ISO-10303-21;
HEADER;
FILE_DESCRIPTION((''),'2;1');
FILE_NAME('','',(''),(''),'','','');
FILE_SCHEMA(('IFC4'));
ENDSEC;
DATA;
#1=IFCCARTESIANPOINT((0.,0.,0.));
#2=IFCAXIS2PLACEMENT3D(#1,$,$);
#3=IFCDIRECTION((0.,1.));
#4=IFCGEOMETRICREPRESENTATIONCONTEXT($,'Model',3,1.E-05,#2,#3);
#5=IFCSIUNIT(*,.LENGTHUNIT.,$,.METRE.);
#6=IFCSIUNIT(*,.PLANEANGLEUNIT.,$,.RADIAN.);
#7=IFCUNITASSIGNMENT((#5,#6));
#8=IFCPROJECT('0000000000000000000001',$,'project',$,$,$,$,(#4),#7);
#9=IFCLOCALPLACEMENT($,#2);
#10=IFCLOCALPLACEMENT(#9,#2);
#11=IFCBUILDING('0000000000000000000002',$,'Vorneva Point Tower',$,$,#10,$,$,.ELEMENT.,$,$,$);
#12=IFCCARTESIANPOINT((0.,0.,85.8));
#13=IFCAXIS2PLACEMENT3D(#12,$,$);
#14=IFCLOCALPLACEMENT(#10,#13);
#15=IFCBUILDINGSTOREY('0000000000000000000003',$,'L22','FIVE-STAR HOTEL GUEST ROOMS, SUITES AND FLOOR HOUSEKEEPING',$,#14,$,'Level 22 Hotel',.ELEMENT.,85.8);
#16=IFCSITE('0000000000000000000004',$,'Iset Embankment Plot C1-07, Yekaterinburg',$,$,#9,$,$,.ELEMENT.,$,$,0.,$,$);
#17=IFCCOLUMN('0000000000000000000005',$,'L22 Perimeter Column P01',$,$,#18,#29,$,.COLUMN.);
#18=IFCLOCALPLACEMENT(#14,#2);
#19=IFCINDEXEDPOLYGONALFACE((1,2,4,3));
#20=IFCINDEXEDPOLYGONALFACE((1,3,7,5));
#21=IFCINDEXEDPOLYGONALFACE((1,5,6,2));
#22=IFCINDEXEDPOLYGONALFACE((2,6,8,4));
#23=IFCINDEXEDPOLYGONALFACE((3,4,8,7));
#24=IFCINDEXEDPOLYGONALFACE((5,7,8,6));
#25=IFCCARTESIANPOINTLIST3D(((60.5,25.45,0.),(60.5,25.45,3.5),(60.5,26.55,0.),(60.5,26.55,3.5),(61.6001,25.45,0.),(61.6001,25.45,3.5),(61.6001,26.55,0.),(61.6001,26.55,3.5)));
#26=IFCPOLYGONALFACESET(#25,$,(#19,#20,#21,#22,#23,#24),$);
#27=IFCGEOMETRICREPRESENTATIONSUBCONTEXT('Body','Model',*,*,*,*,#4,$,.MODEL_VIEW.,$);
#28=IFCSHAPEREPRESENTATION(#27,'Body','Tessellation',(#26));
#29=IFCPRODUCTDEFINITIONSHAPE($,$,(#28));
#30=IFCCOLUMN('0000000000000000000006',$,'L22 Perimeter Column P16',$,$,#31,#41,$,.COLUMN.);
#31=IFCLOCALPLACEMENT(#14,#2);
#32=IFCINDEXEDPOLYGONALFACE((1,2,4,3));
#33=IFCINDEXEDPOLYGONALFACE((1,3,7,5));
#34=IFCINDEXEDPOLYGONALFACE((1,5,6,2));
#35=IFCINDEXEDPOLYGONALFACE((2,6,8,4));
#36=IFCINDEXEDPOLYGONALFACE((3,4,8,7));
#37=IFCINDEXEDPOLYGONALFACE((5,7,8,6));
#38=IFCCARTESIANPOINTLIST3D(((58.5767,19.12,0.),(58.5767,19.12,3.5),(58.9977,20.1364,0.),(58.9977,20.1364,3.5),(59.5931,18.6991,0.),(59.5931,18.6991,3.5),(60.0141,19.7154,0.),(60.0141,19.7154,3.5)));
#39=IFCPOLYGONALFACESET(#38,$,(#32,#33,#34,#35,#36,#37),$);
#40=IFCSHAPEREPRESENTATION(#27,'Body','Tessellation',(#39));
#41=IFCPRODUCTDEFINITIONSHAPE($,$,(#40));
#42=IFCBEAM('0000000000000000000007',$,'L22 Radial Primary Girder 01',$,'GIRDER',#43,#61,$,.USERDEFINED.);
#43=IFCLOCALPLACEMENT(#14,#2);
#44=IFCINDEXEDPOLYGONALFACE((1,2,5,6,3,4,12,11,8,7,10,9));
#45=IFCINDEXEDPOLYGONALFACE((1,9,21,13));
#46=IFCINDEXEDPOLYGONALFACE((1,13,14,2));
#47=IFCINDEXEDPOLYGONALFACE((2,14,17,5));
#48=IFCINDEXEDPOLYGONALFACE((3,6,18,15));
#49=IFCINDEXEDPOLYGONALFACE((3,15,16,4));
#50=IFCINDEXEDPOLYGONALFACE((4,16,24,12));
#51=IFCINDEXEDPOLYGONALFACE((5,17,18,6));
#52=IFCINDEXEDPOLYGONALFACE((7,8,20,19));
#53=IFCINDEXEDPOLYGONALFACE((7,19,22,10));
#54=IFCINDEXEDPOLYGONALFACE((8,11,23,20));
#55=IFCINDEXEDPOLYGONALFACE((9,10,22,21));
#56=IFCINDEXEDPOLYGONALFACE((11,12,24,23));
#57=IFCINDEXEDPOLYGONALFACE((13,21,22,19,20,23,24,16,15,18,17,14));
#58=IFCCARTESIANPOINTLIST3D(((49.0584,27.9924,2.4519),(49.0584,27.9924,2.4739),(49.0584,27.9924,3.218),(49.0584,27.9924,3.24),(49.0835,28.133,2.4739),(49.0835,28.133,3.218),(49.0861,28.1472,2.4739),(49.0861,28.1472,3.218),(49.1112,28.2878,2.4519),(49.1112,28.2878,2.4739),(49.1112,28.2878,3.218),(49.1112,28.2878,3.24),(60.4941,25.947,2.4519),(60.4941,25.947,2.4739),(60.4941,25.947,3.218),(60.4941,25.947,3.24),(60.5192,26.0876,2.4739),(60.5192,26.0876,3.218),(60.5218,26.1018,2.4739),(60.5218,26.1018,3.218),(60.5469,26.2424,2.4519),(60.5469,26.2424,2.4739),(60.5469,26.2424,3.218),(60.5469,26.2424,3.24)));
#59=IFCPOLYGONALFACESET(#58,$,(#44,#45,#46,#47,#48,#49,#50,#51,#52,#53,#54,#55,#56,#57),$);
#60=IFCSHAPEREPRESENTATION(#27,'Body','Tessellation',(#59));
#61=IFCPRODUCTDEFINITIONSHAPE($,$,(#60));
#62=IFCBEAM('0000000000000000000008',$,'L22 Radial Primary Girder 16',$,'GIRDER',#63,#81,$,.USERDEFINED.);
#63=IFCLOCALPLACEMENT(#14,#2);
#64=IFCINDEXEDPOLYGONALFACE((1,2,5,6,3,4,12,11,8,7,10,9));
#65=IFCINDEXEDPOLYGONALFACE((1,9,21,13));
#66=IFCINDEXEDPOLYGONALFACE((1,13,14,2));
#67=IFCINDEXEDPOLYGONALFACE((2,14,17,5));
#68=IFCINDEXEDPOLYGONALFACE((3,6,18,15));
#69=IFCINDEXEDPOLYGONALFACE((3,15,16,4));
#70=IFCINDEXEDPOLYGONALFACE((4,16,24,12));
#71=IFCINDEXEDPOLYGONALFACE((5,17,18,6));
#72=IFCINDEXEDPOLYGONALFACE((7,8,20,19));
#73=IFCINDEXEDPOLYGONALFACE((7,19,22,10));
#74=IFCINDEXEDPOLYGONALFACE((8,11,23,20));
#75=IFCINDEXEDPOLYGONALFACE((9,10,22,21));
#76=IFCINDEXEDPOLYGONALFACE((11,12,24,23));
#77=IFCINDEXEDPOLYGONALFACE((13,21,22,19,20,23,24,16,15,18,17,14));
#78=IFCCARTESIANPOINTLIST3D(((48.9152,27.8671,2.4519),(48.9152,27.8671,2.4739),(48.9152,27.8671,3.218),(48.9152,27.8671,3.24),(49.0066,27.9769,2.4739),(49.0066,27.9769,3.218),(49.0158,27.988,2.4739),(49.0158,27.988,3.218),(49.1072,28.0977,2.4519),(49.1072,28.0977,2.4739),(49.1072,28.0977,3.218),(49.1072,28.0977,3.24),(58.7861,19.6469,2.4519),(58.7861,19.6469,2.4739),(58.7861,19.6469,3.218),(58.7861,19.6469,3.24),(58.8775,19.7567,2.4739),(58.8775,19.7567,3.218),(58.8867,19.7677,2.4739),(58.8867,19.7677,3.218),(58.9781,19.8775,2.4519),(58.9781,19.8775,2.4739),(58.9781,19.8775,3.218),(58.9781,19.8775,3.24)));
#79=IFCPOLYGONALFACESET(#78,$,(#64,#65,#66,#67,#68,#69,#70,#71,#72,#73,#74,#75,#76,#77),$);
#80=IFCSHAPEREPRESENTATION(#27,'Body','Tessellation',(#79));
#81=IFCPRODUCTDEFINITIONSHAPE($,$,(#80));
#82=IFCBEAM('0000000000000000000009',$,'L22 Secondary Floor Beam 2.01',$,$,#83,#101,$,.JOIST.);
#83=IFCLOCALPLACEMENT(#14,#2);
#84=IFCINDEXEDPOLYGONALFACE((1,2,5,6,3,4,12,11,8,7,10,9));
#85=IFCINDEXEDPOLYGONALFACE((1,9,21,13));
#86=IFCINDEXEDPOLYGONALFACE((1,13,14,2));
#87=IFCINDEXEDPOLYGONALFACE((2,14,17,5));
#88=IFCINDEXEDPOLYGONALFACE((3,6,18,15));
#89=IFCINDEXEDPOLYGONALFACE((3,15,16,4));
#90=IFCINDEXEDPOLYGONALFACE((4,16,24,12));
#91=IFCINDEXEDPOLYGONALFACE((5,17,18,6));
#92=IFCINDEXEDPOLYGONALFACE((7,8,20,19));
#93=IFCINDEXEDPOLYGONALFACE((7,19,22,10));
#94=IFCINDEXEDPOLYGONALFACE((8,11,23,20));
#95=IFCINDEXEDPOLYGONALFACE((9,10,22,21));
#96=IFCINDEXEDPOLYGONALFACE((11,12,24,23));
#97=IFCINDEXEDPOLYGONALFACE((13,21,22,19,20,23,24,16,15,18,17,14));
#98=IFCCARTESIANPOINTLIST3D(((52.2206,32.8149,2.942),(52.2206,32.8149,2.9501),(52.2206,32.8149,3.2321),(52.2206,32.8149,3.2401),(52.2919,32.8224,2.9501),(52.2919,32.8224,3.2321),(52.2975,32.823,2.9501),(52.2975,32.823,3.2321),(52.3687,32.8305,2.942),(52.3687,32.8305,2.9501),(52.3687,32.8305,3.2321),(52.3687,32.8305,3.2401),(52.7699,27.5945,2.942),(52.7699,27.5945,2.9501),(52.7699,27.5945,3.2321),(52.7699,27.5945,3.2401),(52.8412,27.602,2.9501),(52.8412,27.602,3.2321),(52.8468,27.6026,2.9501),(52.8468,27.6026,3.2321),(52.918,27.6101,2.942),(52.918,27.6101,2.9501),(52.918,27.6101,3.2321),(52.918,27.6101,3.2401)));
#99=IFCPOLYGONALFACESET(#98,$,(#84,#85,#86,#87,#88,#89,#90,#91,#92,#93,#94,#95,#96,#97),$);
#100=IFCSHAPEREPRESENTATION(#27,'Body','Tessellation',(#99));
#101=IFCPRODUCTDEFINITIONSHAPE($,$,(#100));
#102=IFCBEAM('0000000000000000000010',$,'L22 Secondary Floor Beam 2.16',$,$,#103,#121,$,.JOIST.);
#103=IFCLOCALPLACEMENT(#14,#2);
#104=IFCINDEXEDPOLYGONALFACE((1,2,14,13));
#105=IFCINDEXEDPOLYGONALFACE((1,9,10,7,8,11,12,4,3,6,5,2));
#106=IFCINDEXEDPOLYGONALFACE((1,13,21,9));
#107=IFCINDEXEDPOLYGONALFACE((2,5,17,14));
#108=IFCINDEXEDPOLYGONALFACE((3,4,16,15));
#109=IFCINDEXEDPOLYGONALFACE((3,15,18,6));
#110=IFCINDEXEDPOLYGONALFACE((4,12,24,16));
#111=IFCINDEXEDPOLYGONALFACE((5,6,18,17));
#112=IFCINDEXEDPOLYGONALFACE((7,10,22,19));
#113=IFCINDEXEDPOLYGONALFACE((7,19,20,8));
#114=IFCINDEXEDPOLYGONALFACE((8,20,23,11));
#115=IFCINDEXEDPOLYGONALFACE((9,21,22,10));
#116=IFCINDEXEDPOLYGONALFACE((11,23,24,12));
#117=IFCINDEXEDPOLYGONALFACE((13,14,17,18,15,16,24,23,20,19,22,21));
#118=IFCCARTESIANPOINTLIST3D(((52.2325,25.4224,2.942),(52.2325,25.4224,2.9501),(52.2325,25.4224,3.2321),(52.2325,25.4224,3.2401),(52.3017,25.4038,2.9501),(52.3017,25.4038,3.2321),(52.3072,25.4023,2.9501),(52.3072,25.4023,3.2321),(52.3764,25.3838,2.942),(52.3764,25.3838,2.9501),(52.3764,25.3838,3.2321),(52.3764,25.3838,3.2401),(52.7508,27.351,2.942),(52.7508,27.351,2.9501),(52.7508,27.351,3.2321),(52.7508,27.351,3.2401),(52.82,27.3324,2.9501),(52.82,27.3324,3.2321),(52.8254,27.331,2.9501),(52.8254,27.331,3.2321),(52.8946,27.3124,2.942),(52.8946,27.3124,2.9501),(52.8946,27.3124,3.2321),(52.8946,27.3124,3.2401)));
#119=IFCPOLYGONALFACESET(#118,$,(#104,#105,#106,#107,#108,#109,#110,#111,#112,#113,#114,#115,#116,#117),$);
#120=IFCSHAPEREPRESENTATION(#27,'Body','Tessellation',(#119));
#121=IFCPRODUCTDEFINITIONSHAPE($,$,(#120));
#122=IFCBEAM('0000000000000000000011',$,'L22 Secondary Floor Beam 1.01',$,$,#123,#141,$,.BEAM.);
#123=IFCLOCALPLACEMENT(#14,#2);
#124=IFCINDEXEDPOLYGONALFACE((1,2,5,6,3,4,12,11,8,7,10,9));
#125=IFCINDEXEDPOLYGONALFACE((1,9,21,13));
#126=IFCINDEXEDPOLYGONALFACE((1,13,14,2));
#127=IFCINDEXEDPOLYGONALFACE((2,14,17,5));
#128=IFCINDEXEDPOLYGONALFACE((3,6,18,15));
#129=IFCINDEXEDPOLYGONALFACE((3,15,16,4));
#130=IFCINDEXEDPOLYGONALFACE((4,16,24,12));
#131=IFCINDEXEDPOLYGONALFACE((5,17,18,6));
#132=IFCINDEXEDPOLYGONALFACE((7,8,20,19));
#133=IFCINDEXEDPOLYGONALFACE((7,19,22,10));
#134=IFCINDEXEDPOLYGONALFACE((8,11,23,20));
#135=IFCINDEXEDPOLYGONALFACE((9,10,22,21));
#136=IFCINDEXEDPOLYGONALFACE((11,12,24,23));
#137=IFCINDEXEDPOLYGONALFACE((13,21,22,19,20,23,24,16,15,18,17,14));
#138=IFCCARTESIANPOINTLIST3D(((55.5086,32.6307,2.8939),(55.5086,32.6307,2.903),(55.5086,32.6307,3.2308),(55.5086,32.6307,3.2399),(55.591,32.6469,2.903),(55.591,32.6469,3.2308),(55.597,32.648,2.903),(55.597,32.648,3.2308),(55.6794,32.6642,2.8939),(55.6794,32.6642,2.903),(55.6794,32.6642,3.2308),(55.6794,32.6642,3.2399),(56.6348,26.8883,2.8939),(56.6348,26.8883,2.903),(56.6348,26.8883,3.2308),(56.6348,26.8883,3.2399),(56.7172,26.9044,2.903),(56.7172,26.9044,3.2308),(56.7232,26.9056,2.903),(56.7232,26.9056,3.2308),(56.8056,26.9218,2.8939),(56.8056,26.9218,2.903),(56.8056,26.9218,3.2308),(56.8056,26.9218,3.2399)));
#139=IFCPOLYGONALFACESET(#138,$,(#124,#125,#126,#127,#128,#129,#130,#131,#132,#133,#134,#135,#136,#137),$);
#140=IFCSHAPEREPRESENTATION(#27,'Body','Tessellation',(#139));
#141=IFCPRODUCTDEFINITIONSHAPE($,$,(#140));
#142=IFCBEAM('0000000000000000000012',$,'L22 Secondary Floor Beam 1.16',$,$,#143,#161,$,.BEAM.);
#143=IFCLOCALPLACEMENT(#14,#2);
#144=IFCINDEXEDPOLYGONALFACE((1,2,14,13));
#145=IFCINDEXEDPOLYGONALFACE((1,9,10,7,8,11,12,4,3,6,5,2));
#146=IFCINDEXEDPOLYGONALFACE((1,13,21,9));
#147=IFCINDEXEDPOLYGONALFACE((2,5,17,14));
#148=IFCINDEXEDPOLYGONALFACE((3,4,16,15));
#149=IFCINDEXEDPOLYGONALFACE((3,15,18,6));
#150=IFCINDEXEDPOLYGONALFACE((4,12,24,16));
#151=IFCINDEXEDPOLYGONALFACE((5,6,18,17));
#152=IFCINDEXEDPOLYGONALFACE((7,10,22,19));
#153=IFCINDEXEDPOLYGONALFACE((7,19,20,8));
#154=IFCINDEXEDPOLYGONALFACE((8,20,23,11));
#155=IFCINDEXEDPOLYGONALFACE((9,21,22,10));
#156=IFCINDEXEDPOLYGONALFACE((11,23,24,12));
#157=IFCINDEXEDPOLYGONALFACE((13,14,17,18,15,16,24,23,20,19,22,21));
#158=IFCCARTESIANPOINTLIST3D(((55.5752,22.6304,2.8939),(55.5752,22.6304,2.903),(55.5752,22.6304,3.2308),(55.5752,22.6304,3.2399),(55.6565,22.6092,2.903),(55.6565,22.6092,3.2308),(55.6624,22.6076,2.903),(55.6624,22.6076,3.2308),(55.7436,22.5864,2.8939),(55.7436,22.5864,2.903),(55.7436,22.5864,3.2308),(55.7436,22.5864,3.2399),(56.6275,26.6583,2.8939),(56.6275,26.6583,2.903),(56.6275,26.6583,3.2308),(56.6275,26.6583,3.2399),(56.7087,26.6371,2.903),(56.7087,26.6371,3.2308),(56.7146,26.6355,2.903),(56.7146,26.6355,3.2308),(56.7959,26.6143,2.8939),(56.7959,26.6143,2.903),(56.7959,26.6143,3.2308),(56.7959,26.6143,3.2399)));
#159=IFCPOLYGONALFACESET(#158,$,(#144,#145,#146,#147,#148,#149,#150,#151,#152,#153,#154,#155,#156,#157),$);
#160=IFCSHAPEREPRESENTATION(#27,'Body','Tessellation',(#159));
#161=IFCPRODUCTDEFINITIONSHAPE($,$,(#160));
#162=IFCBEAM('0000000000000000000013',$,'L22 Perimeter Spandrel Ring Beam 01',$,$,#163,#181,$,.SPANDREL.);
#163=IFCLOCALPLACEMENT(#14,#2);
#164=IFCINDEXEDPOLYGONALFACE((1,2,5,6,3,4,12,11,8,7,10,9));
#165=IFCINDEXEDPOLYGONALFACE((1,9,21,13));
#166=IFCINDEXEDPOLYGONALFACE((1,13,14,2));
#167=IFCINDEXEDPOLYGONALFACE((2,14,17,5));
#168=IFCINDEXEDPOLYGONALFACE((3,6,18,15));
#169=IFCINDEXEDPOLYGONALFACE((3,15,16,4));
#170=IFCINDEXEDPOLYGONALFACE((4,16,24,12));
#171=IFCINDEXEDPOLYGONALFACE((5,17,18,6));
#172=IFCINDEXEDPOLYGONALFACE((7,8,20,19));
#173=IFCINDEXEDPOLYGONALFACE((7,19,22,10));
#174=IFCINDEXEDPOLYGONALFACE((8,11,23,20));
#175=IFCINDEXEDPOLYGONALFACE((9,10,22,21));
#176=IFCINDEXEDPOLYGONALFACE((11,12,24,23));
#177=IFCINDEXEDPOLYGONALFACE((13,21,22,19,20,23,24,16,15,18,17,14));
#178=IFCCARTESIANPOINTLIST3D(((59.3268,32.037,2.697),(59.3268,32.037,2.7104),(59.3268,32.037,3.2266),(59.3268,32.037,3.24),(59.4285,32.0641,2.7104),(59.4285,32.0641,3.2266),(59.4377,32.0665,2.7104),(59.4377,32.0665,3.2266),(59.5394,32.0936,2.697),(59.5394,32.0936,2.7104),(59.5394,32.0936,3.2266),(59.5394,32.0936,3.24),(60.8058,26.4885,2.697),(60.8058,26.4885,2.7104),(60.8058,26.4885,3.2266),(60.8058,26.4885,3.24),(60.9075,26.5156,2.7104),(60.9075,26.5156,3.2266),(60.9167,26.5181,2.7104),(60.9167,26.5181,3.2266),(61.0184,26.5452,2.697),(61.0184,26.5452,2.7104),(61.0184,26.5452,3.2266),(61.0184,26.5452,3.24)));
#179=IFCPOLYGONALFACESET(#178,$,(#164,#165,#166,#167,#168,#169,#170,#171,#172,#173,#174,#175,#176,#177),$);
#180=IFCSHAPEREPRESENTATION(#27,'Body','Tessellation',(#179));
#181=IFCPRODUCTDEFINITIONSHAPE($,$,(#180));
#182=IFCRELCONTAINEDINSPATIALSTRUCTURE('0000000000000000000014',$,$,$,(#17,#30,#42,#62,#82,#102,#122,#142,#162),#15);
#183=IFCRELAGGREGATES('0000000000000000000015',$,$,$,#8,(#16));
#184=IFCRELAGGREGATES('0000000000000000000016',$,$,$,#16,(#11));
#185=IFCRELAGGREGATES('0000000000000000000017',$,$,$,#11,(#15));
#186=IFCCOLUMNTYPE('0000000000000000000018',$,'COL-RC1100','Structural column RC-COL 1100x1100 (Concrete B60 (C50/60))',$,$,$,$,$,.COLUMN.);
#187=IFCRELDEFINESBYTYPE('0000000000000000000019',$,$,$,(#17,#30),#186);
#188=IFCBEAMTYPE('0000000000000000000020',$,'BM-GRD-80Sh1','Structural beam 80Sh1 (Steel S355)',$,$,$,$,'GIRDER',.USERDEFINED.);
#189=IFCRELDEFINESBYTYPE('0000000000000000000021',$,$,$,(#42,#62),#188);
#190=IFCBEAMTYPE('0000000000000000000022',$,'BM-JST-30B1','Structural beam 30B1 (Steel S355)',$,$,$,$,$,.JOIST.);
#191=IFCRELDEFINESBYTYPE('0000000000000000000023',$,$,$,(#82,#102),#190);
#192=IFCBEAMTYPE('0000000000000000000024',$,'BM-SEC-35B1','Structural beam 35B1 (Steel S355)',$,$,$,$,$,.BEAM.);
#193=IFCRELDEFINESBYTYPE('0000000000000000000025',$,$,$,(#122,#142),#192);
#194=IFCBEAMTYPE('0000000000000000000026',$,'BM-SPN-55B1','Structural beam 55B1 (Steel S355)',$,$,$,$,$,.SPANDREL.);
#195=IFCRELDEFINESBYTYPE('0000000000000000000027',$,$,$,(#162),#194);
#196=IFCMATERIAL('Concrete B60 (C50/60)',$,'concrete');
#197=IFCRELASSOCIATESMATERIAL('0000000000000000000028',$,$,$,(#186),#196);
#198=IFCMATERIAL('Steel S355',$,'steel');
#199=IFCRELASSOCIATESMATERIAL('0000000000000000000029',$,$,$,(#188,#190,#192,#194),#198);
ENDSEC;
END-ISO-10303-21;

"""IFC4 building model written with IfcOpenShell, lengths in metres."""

from ifc_helpers import new_model, si_unit, direction, frame, origin, origin_2d, place, context, subcontext, project, spatial, rectangle, i_section, extrude, material, material_profile, profile_set, type_object, element, save


model = new_model("IFC4")

# Units and contexts
model_context = context("Model", 3, precision=1e-05, world=origin(), true_north=direction((0.0, 1.0)))
body_context = subcontext(model_context, "Body", "Model", "MODEL_VIEW")
ifc_project = project(units=[si_unit("LENGTHUNIT", "METRE"), si_unit("PLANEANGLEUNIT", "RADIAN")], contexts=[model_context])

# Site, building, storey
site_placement = place(None, origin())
site = spatial("IfcSite", under=ifc_project, at=site_placement, Name="Iset Embankment Plot C1-07, Yekaterinburg", CompositionType="ELEMENT", RefElevation=0.0)
building_placement = place(site_placement, origin())
building = spatial("IfcBuilding", under=site, at=building_placement, Name="Vorneva Point Tower", CompositionType="ELEMENT")
storey_placement = place(building_placement, frame((0.0, 0.0, 85.8)))
storey = spatial("IfcBuildingStorey", under=building, at=storey_placement, Name="L22", Description="FIVE-STAR HOTEL GUEST ROOMS, SUITES AND FLOOR HOUSEKEEPING", LongName="Level 22 Hotel", CompositionType="ELEMENT", Elevation=85.8)

# Columns
ifc_material_1 = material(Name="Concrete B60 (C50/60)", Category="concrete")
ifc_material_profile_1 = material_profile(ifc_material_1, rectangle(XDim=1.1001, YDim=1.1001, at=origin_2d()), Name="RC-COL 1100x1100")
ifc_profile_set_1 = profile_set([ifc_material_profile_1], Name="Concrete B60 (C50/60)")
column_type = type_object("IfcColumnType", Name="COL-RC1100", Description="Structural column RC-COL 1100x1100 (Concrete B60 (C50/60))", PredefinedType="COLUMN", material=ifc_profile_set_1)
for number, where, z_axis, x_axis, name in (
    (1, (61.05, 26.0, 0.0), (0.0, 0.0, 1.0), (1.0, 0.0, 0.0), "L22 Perimeter Column P01"),
    (2, (59.2954, 19.4177, 0.0), (0.0, 0.0, 1.0), (0.92388, -0.382683, 0.0), "L22 Perimeter Column P16"),
):
    element("IfcColumn", number, at=place(storey_placement, frame(where, z_axis=z_axis, x_axis=x_axis)), inside=storey, type_object=column_type, Name=name, PredefinedType="COLUMN", context=body_context, shape_type="SweptSolid", body=[
        extrude(rectangle(XDim=1.1001, YDim=1.1001, at=origin_2d()), origin(), (0.0, 0.0, 1.0), 3.5),
    ])

# Beams
ifc_material_2 = material(Name="Steel S355", Category="steel")
ifc_material_profile_2 = material_profile(ifc_material_2, i_section(OverallWidth=0.3, OverallDepth=0.7881, WebThickness=0.0144, FlangeThickness=0.022, at=origin_2d()), Name="80Sh1")
ifc_profile_set_2 = profile_set([ifc_material_profile_2], Name="Steel S355")
beam_type_1 = type_object("IfcBeamType", Name="BM-GRD-80Sh1", Description="Structural beam 80Sh1 (Steel S355)", ElementType="GIRDER", PredefinedType="USERDEFINED", material=ifc_profile_set_2)
beam_1_placement = place(storey_placement, frame((60.5205, 26.0947, 2.8459), z_axis=(-0.984378, 0.176066, 0.0), x_axis=(-0.176066, -0.984378, 0.0)))
element("IfcBeam", 3, at=beam_1_placement, inside=storey, type_object=beam_type_1, Name="L22 Radial Primary Girder 01", ObjectType="GIRDER", PredefinedType="USERDEFINED", context=body_context, shape_type="SweptSolid", body=[
    extrude(i_section(OverallWidth=0.3, OverallDepth=0.7881, WebThickness=0.0144, FlangeThickness=0.022, at=origin_2d()), origin(), (0.0, 0.0, 1.0), 11.6172),
])
beam_2_placement = place(storey_placement, frame((58.8821, 19.7622, 2.8459), z_axis=(-0.768432, 0.639932, 0.0), x_axis=(-0.639932, -0.768432, 0.0)))
element("IfcBeam", 4, at=beam_2_placement, inside=storey, type_object=beam_type_1, Name="L22 Radial Primary Girder 16", ObjectType="GIRDER", PredefinedType="USERDEFINED", context=body_context, shape_type="SweptSolid", body=[
    extrude(i_section(OverallWidth=0.3, OverallDepth=0.7881, WebThickness=0.0144, FlangeThickness=0.022, at=origin_2d()), origin(), (0.0, 0.0, 1.0), 12.8455),
])
ifc_material_profile_3 = material_profile(ifc_material_2, i_section(OverallWidth=0.1489, OverallDepth=0.2981, WebThickness=0.0056, FlangeThickness=0.0081, at=origin_2d()), Name="30B1")
ifc_profile_set_3 = profile_set([ifc_material_profile_3], Name="Steel S355")
beam_type_2 = type_object("IfcBeamType", Name="BM-JST-30B1", Description="Structural beam 30B1 (Steel S355)", PredefinedType="JOIST", material=ifc_profile_set_3)
beam_3_placement = place(storey_placement, frame((52.844, 27.6023, 3.0911), z_axis=(-0.104646, 0.99451, 0.0), x_axis=(-0.99451, -0.104646, 0.0)))
element("IfcBeam", 5, at=beam_3_placement, inside=storey, type_object=beam_type_2, Name="L22 Secondary Floor Beam 2.01", PredefinedType="JOIST", context=body_context, shape_type="SweptSolid", body=[
    extrude(i_section(OverallWidth=0.1489, OverallDepth=0.2981, WebThickness=0.0056, FlangeThickness=0.0081, at=origin_2d()), origin(), (0.0, 0.0, 1.0), 5.2493),
])
beam_4_placement = place(storey_placement, frame((52.3044, 25.4031, 3.0911), z_axis=(0.259526, 0.965736, 0.0), x_axis=(-0.965736, 0.259526, 0.0)))
element("IfcBeam", 6, at=beam_4_placement, inside=storey, type_object=beam_type_2, Name="L22 Secondary Floor Beam 2.16", PredefinedType="JOIST", context=body_context, shape_type="SweptSolid", body=[
    extrude(i_section(OverallWidth=0.1489, OverallDepth=0.2981, WebThickness=0.0056, FlangeThickness=0.0081, at=origin_2d()), origin(), (0.0, 0.0, 1.0), 1.9971),
])
ifc_material_profile_4 = material_profile(ifc_material_2, i_section(OverallWidth=0.1741, OverallDepth=0.3459, WebThickness=0.0061, FlangeThickness=0.009, at=origin_2d()), Name="35B1")
ifc_profile_set_4 = profile_set([ifc_material_profile_4], Name="Steel S355")
beam_type_3 = type_object("IfcBeamType", Name="BM-SEC-35B1", Description="Structural beam 35B1 (Steel S355)", PredefinedType="BEAM", material=ifc_profile_set_4)
beam_5_placement = place(storey_placement, frame((56.7202, 26.905, 3.0669), z_axis=(-0.192456, 0.981306, 0.0), x_axis=(-0.981306, -0.192456, 0.0)))
element("IfcBeam", 7, at=beam_5_placement, inside=storey, type_object=beam_type_3, Name="L22 Secondary Floor Beam 1.01", PredefinedType="BEAM", context=body_context, shape_type="SweptSolid", body=[
    extrude(i_section(OverallWidth=0.1741, OverallDepth=0.3459, WebThickness=0.0061, FlangeThickness=0.009, at=origin_2d()), origin(), (0.0, 0.0, 1.0), 5.8518),
])
beam_6_placement = place(storey_placement, frame((55.6594, 22.6084, 3.0669), z_axis=(0.252761, 0.967529, 0.0), x_axis=(-0.967529, 0.252761, 0.0)))
element("IfcBeam", 8, at=beam_6_placement, inside=storey, type_object=beam_type_3, Name="L22 Secondary Floor Beam 1.16", PredefinedType="BEAM", context=body_context, shape_type="SweptSolid", body=[
    extrude(i_section(OverallWidth=0.1741, OverallDepth=0.3459, WebThickness=0.0061, FlangeThickness=0.009, at=origin_2d()), origin(), (0.0, 0.0, 1.0), 4.1631),
])
ifc_material_profile_5 = material_profile(ifc_material_2, i_section(OverallWidth=0.22, OverallDepth=0.543, WebThickness=0.0095, FlangeThickness=0.0134, at=origin_2d()), Name="55B1")
ifc_profile_set_5 = profile_set([ifc_material_profile_5], Name="Steel S355")
beam_type_4 = type_object("IfcBeamType", Name="BM-SPN-55B1", Description="Structural beam 55B1 (Steel S355)", PredefinedType="SPANDREL", material=ifc_profile_set_5)
for number, where, z_axis, x_axis, name in (
    (9, (60.9121, 26.5168, 2.9685), (-0.257573, 0.966259, 0.0), (-0.966259, -0.257573, 0.0), "L22 Perimeter Spandrel Ring Beam 01"),
):
    element("IfcBeam", number, at=place(storey_placement, frame(where, z_axis=z_axis, x_axis=x_axis)), inside=storey, type_object=beam_type_4, Name=name, PredefinedType="SPANDREL", context=body_context, shape_type="SweptSolid", body=[
        extrude(i_section(OverallWidth=0.22, OverallDepth=0.543, WebThickness=0.0095, FlangeThickness=0.0134, at=origin_2d()), origin(), (0.0, 0.0, 1.0), 5.7422),
    ])

save(model, "model.ifc")
